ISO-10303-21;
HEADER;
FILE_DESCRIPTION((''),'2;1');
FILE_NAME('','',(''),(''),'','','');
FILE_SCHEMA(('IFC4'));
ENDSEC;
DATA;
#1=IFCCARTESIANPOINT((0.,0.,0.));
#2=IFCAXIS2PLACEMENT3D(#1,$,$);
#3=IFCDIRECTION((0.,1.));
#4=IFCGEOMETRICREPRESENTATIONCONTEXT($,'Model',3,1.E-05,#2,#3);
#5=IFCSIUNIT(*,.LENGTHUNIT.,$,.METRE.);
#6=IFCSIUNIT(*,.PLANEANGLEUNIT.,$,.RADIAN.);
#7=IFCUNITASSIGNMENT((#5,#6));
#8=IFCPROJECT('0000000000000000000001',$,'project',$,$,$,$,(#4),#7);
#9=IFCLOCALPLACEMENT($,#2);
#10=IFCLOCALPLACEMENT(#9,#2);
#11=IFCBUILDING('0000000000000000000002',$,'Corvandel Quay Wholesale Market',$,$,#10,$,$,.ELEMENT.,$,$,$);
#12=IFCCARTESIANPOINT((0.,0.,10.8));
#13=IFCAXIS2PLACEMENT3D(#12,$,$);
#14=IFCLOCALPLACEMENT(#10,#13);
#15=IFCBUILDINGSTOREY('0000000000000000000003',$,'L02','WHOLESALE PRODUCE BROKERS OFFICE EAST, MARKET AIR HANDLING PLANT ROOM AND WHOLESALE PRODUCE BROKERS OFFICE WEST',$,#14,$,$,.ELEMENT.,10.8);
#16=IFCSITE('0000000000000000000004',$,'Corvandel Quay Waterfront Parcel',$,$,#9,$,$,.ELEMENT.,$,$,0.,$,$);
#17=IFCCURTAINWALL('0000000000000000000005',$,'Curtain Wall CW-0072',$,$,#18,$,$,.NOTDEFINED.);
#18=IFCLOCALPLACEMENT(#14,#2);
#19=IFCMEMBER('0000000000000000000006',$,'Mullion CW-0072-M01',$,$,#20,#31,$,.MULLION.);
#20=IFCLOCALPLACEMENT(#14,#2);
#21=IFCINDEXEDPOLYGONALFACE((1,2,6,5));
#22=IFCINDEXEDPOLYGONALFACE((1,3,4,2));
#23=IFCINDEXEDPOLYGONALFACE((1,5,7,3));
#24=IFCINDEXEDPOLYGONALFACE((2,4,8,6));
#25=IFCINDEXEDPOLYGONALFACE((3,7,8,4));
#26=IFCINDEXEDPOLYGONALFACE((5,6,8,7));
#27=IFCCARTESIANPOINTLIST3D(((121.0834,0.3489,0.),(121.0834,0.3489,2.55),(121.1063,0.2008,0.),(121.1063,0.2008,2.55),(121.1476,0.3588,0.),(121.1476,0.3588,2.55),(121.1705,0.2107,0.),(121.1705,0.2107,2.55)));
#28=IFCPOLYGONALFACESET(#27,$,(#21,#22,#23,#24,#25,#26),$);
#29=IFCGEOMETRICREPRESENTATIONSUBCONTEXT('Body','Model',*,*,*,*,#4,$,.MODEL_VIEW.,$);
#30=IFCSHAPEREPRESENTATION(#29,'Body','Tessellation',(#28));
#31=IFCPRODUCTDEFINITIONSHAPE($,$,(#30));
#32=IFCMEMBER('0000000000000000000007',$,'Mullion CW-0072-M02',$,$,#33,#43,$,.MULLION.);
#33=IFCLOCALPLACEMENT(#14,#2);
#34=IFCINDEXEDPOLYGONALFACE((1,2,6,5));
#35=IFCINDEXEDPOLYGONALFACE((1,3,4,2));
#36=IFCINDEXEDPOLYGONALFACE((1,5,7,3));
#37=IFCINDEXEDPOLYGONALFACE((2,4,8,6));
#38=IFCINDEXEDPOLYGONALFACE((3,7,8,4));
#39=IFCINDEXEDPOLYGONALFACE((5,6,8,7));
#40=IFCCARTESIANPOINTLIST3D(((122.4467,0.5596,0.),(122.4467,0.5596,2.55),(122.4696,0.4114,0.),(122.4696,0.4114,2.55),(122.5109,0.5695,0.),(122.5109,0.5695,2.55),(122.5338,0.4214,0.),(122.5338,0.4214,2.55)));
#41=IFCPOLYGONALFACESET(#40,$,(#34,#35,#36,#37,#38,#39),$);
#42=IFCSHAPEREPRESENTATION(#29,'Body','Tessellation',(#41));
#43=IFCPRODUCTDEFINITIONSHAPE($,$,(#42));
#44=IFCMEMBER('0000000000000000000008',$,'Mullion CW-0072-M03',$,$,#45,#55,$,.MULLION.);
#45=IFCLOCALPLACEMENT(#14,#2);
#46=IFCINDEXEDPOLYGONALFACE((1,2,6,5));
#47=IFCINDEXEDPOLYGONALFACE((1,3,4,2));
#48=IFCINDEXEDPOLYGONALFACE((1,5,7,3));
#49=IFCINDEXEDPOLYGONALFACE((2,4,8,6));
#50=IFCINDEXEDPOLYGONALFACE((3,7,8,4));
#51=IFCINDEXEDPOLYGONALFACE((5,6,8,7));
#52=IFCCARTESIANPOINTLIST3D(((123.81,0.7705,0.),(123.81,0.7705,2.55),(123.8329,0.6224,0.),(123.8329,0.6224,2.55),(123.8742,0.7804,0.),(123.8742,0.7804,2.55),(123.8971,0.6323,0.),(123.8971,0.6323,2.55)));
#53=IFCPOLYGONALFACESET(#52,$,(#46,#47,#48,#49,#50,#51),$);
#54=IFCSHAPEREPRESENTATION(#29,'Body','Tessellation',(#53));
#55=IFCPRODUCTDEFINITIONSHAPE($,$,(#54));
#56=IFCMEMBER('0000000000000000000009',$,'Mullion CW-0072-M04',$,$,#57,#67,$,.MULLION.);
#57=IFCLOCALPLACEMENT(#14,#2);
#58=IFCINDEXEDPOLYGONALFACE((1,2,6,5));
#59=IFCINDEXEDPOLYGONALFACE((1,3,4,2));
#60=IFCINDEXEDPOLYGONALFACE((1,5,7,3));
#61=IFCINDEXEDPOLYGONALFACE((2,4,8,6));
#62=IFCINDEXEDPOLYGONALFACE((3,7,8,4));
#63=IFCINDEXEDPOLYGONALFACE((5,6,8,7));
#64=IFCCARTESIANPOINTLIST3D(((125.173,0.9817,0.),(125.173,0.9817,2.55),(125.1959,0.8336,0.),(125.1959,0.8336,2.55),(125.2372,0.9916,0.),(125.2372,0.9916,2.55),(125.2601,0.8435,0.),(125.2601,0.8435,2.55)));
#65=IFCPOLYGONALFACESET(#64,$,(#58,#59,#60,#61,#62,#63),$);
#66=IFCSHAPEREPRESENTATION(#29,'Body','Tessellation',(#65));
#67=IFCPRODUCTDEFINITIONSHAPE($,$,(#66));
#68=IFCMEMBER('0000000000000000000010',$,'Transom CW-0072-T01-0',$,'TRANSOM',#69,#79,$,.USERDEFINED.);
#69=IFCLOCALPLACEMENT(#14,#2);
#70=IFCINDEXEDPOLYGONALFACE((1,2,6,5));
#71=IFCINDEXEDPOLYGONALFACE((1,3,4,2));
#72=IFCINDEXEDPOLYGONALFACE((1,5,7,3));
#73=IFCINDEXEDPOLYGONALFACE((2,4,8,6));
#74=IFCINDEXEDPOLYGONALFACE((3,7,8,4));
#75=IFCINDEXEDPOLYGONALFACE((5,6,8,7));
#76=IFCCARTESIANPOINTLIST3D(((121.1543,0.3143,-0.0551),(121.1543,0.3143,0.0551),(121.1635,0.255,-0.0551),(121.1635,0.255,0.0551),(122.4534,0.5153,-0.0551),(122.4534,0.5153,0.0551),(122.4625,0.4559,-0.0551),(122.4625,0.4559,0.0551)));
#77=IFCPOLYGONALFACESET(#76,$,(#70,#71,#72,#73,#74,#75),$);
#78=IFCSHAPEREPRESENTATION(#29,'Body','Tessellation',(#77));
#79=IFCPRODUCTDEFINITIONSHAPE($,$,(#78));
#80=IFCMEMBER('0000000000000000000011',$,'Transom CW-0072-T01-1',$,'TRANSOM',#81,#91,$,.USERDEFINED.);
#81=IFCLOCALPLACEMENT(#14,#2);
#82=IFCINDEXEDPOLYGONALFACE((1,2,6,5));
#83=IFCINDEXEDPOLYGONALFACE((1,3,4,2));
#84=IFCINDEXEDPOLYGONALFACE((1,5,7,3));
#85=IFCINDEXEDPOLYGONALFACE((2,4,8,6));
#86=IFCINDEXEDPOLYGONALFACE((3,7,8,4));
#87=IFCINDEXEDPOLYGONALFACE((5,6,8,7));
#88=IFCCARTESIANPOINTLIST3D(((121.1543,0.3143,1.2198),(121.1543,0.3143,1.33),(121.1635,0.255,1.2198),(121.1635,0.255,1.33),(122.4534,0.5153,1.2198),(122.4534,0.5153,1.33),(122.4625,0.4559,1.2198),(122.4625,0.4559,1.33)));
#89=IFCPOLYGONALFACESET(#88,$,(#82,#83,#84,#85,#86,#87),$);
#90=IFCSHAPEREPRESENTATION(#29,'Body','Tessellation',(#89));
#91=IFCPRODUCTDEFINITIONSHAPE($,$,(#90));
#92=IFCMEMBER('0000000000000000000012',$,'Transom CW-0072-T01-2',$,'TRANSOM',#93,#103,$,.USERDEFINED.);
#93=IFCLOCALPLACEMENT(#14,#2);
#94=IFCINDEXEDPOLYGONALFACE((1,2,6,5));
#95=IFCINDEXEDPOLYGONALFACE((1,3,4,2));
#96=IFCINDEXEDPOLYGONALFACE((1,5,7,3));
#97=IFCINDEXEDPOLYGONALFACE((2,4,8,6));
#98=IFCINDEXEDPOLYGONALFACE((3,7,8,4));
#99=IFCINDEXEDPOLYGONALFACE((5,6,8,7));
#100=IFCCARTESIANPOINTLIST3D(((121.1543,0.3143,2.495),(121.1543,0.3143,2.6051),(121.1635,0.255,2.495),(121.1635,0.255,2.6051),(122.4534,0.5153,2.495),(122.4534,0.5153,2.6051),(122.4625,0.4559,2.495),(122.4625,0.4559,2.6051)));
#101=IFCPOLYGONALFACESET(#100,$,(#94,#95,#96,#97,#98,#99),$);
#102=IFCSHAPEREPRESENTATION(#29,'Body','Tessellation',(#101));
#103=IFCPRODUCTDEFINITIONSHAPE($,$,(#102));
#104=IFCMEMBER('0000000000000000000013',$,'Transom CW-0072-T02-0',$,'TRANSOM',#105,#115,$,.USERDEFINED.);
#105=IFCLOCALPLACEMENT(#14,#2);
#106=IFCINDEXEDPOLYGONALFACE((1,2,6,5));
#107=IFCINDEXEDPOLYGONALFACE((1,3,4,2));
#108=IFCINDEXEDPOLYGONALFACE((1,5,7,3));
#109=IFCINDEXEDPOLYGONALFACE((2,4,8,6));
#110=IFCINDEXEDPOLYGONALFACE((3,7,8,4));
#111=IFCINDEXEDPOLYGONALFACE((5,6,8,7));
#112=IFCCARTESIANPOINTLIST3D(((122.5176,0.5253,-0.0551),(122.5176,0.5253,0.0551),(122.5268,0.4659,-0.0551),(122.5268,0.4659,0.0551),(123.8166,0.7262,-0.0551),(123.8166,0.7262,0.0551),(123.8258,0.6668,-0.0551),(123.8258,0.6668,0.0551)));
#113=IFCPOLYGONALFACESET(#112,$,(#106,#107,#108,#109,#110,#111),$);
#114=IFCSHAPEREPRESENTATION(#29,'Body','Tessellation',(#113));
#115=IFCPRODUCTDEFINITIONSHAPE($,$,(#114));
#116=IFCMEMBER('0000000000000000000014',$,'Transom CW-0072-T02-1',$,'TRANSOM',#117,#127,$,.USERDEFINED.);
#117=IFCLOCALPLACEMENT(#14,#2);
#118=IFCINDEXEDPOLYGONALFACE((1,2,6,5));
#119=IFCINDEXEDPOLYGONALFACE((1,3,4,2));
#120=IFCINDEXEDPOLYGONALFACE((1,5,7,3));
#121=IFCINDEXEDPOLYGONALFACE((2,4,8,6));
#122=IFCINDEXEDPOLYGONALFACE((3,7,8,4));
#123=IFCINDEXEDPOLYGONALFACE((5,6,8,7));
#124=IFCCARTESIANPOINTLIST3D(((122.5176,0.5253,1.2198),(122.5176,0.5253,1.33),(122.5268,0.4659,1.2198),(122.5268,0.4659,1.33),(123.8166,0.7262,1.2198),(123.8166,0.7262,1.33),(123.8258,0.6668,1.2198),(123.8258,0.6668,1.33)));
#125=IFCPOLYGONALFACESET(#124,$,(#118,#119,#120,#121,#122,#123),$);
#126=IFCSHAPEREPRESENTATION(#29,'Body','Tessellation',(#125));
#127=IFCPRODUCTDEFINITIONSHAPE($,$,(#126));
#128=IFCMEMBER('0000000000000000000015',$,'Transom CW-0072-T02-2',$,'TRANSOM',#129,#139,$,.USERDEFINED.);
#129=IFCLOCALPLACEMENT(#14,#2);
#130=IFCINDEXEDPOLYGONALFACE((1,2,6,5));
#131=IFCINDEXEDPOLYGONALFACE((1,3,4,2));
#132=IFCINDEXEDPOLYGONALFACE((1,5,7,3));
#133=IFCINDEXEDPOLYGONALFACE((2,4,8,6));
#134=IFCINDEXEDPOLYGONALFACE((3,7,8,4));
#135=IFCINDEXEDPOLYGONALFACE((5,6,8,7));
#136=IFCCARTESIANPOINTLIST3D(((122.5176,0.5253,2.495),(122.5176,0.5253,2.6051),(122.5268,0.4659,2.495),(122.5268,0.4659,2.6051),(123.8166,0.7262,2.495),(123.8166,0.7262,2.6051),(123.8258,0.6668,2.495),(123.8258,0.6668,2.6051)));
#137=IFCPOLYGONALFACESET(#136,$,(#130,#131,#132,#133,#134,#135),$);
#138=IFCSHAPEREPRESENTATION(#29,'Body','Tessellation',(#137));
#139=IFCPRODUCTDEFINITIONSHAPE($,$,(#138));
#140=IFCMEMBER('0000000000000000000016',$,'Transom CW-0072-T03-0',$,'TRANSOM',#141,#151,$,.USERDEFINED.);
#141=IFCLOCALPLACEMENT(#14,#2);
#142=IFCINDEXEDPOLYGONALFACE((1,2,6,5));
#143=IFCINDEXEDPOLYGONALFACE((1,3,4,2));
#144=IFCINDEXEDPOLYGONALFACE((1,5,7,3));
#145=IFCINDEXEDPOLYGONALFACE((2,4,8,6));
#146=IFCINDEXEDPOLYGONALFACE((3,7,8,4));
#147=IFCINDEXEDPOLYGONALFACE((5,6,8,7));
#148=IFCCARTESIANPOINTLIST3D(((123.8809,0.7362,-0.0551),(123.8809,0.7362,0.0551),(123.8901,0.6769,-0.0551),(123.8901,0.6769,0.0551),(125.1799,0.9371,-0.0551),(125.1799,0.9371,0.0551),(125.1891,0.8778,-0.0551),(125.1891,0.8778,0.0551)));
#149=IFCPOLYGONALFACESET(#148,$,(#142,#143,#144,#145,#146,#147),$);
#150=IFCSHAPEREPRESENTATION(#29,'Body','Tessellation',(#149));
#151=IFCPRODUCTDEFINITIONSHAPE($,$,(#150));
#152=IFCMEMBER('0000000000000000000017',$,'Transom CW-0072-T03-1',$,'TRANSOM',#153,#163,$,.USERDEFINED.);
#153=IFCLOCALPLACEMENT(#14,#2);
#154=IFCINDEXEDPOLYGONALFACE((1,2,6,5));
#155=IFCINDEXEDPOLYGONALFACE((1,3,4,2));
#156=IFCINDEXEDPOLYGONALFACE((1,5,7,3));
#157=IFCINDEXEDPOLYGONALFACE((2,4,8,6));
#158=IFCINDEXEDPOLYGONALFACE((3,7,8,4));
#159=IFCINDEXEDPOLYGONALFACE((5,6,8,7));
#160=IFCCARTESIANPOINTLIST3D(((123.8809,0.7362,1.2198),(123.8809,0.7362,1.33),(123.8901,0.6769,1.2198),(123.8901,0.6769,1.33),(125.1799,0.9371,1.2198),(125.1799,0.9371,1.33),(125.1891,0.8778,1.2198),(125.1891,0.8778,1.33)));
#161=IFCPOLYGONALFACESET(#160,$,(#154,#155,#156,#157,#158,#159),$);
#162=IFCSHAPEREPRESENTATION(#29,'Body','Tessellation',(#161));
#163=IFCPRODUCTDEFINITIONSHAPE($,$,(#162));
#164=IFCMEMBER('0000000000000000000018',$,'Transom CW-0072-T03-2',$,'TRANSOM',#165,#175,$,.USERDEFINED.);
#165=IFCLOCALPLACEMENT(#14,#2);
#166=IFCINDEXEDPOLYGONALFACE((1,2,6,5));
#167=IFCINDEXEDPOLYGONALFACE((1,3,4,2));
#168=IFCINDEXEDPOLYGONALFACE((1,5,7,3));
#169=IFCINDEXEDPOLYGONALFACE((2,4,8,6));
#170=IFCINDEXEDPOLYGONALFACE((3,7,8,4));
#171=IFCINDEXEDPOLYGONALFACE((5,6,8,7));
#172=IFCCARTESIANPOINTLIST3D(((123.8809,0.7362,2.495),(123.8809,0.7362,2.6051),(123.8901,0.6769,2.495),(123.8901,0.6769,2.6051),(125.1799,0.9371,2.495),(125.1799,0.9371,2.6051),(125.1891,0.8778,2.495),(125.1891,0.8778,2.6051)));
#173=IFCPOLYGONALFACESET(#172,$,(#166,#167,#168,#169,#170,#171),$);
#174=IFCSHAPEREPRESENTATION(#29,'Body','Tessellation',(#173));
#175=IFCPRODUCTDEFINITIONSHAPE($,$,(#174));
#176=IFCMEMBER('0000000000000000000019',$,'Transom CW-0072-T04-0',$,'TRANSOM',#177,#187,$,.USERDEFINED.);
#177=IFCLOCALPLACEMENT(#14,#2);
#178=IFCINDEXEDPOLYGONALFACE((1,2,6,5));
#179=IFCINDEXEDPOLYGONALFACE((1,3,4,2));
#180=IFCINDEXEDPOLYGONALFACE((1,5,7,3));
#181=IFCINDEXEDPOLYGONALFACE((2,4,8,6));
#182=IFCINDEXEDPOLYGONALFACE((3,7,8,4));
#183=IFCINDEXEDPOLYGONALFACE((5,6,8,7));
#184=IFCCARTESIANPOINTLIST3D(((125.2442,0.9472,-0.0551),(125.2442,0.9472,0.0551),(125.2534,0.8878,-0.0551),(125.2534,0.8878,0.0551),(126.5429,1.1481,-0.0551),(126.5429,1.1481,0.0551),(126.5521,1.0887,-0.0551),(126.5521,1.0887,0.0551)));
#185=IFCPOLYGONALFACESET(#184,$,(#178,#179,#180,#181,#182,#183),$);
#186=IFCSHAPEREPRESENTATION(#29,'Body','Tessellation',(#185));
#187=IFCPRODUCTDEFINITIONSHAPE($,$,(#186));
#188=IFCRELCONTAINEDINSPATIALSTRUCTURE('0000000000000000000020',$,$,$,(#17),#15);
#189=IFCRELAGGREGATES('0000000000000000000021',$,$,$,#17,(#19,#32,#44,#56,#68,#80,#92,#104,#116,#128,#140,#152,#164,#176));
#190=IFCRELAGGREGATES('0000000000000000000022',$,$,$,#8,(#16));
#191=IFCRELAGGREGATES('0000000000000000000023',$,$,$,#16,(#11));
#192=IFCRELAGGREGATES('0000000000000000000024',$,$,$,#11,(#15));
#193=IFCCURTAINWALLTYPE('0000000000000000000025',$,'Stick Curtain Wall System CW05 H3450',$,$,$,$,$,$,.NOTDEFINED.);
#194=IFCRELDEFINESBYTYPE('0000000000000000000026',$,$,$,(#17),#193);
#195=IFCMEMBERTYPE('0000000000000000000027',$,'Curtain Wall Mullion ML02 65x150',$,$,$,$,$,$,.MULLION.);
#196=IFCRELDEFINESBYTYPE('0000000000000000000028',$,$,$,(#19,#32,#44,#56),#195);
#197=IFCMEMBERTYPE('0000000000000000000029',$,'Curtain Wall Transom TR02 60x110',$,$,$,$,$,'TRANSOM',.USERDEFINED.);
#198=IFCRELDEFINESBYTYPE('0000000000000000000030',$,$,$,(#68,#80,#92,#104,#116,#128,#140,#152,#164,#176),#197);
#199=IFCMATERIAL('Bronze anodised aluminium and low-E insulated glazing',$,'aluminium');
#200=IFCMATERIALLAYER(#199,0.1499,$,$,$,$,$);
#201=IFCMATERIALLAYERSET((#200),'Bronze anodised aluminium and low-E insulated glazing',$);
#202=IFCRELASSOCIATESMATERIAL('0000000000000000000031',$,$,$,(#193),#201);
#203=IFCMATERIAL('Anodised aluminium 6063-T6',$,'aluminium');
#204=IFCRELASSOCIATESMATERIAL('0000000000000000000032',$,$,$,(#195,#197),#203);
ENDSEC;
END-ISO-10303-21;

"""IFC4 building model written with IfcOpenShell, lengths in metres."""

from ifc_helpers import new_model, si_unit, direction, frame, origin, origin_2d, place, context, subcontext, project, spatial, rectangle, extrude, material, layer, layer_set, material_profile, profile_set, type_object, element, aggregate, save


model = new_model("IFC4")

# Units and contexts
model_context = context("Model", 3, precision=1e-05, world=origin(), true_north=direction((0.0, 1.0)))
body_context = subcontext(model_context, "Body", "Model", "MODEL_VIEW")
ifc_project = project(units=[si_unit("LENGTHUNIT", "METRE"), si_unit("PLANEANGLEUNIT", "RADIAN")], contexts=[model_context])

# Site, building, storey
site_placement = place(None, origin())
site = spatial("IfcSite", under=ifc_project, at=site_placement, Name="Corvandel Quay Waterfront Parcel", CompositionType="ELEMENT", RefElevation=0.0)
building_placement = place(site_placement, origin())
building = spatial("IfcBuilding", under=site, at=building_placement, Name="Corvandel Quay Wholesale Market", CompositionType="ELEMENT")
storey_placement = place(building_placement, frame((0.0, 0.0, 10.8)))
storey = spatial("IfcBuildingStorey", under=building, at=storey_placement, Name="L02", Description="WHOLESALE PRODUCE BROKERS OFFICE EAST, MARKET AIR HANDLING PLANT ROOM AND WHOLESALE PRODUCE BROKERS OFFICE WEST", CompositionType="ELEMENT", Elevation=10.8)

# Curtain wall, members
ifc_material_1 = material(Name="Bronze anodised aluminium and low-E insulated glazing", Category="aluminium")
ifc_layer_1 = layer(ifc_material_1, 0.1499)
ifc_layer_set_1 = layer_set([ifc_layer_1], Name="Bronze anodised aluminium and low-E insulated glazing")
curtain_wall_type = type_object("IfcCurtainWallType", Name="Stick Curtain Wall System CW05 H3450", PredefinedType="NOTDEFINED", material=ifc_layer_set_1)
curtain_wall_placement = place(storey_placement, origin())
curtain_wall = element("IfcCurtainWall", 1, at=curtain_wall_placement, inside=storey, type_object=curtain_wall_type, Name="Curtain Wall CW-0072", PredefinedType="NOTDEFINED")
ifc_material_2 = material(Name="Anodised aluminium 6063-T6", Category="aluminium")
ifc_material_profile_1 = material_profile(ifc_material_2, rectangle(XDim=0.0649, YDim=0.1499, at=origin_2d()), Name="ALU-MUL-65x150")
ifc_profile_set_1 = profile_set([ifc_material_profile_1], Name="Anodised aluminium 6063-T6")
member_type_1 = type_object("IfcMemberType", Name="Curtain Wall Mullion ML02 65x150", PredefinedType="MULLION", material=ifc_profile_set_1)
member_1_placement = place(storey_placement, frame((121.127, 0.2798, 0.0), z_axis=(0.0, 0.0, 1.0), x_axis=(0.988255, 0.152813, 0.0)))
member_1 = element("IfcMember", 2, at=member_1_placement, type_object=member_type_1, Name="Mullion CW-0072-M01", PredefinedType="MULLION", context=body_context, shape_type="SweptSolid", body=[
    extrude(rectangle(XDim=0.0649, YDim=0.1499, at=origin_2d()), origin(), (0.0, 0.0, 1.0), 2.55),
])
member_2_placement = place(storey_placement, frame((122.4902, 0.4905, 0.0), z_axis=(0.0, 0.0, 1.0), x_axis=(0.988255, 0.152813, 0.0)))
member_2 = element("IfcMember", 3, at=member_2_placement, type_object=member_type_1, Name="Mullion CW-0072-M02", PredefinedType="MULLION", context=body_context, shape_type="SweptSolid", body=[
    extrude(rectangle(XDim=0.0649, YDim=0.1499, at=origin_2d()), origin(), (0.0, 0.0, 1.0), 2.55),
])
member_3_placement = place(storey_placement, frame((123.8535, 0.7014, 0.0), z_axis=(0.0, 0.0, 1.0), x_axis=(0.988255, 0.152813, 0.0)))
member_3 = element("IfcMember", 4, at=member_3_placement, type_object=member_type_1, Name="Mullion CW-0072-M03", PredefinedType="MULLION", context=body_context, shape_type="SweptSolid", body=[
    extrude(rectangle(XDim=0.0649, YDim=0.1499, at=origin_2d()), origin(), (0.0, 0.0, 1.0), 2.55),
])
member_4_placement = place(storey_placement, frame((125.2166, 0.9126, 0.0), z_axis=(0.0, 0.0, 1.0), x_axis=(0.988255, 0.152813, 0.0)))
member_4 = element("IfcMember", 5, at=member_4_placement, type_object=member_type_1, Name="Mullion CW-0072-M04", PredefinedType="MULLION", context=body_context, shape_type="SweptSolid", body=[
    extrude(rectangle(XDim=0.0649, YDim=0.1499, at=origin_2d()), origin(), (0.0, 0.0, 1.0), 2.55),
])
ifc_material_profile_2 = material_profile(ifc_material_2, rectangle(XDim=0.0601, YDim=0.1101, at=origin_2d()), Name="ALU-TRN-60x110")
ifc_profile_set_2 = profile_set([ifc_material_profile_2], Name="Anodised aluminium 6063-T6")
member_type_2 = type_object("IfcMemberType", Name="Curtain Wall Transom TR02 60x110", ElementType="TRANSOM", PredefinedType="USERDEFINED", material=ifc_profile_set_2)
member_5_placement = place(storey_placement, frame((121.1589, 0.2847, 0.0), z_axis=(0.988249, 0.152853, 0.0), x_axis=(-0.152853, 0.988249, 0.0)))
member_5 = element("IfcMember", 6, at=member_5_placement, type_object=member_type_2, Name="Transom CW-0072-T01-0", ObjectType="TRANSOM", PredefinedType="USERDEFINED", context=body_context, shape_type="SweptSolid", body=[
    extrude(rectangle(XDim=0.0601, YDim=0.1101, at=origin_2d()), origin(), (0.0, 0.0, 1.0), 1.3145),
])
member_6_placement = place(storey_placement, frame((121.1589, 0.2847, 1.2749), z_axis=(0.988249, 0.152853, 0.0), x_axis=(-0.152853, 0.988249, 0.0)))
member_6 = element("IfcMember", 7, at=member_6_placement, type_object=member_type_2, Name="Transom CW-0072-T01-1", ObjectType="TRANSOM", PredefinedType="USERDEFINED", context=body_context, shape_type="SweptSolid", body=[
    extrude(rectangle(XDim=0.0601, YDim=0.1101, at=origin_2d()), origin(), (0.0, 0.0, 1.0), 1.3145),
])
member_7_placement = place(storey_placement, frame((121.1589, 0.2847, 2.55), z_axis=(0.988249, 0.152853, 0.0), x_axis=(-0.152853, 0.988249, 0.0)))
member_7 = element("IfcMember", 8, at=member_7_placement, type_object=member_type_2, Name="Transom CW-0072-T01-2", ObjectType="TRANSOM", PredefinedType="USERDEFINED", context=body_context, shape_type="SweptSolid", body=[
    extrude(rectangle(XDim=0.0601, YDim=0.1101, at=origin_2d()), origin(), (0.0, 0.0, 1.0), 1.3145),
])
member_8_placement = place(storey_placement, frame((122.5222, 0.4956, 0.0), z_axis=(0.988249, 0.152853, 0.0), x_axis=(-0.152853, 0.988249, 0.0)))
member_8 = element("IfcMember", 9, at=member_8_placement, type_object=member_type_2, Name="Transom CW-0072-T02-0", ObjectType="TRANSOM", PredefinedType="USERDEFINED", context=body_context, shape_type="SweptSolid", body=[
    extrude(rectangle(XDim=0.0601, YDim=0.1101, at=origin_2d()), origin(), (0.0, 0.0, 1.0), 1.3145),
])
member_9_placement = place(storey_placement, frame((122.5222, 0.4956, 1.2749), z_axis=(0.988249, 0.152853, 0.0), x_axis=(-0.152853, 0.988249, 0.0)))
member_9 = element("IfcMember", 10, at=member_9_placement, type_object=member_type_2, Name="Transom CW-0072-T02-1", ObjectType="TRANSOM", PredefinedType="USERDEFINED", context=body_context, shape_type="SweptSolid", body=[
    extrude(rectangle(XDim=0.0601, YDim=0.1101, at=origin_2d()), origin(), (0.0, 0.0, 1.0), 1.3145),
])
member_10_placement = place(storey_placement, frame((122.5222, 0.4956, 2.55), z_axis=(0.988249, 0.152853, 0.0), x_axis=(-0.152853, 0.988249, 0.0)))
member_10 = element("IfcMember", 11, at=member_10_placement, type_object=member_type_2, Name="Transom CW-0072-T02-2", ObjectType="TRANSOM", PredefinedType="USERDEFINED", context=body_context, shape_type="SweptSolid", body=[
    extrude(rectangle(XDim=0.0601, YDim=0.1101, at=origin_2d()), origin(), (0.0, 0.0, 1.0), 1.3145),
])
member_11_placement = place(storey_placement, frame((123.8855, 0.7065, 0.0), z_axis=(0.988249, 0.152853, 0.0), x_axis=(-0.152853, 0.988249, 0.0)))
member_11 = element("IfcMember", 12, at=member_11_placement, type_object=member_type_2, Name="Transom CW-0072-T03-0", ObjectType="TRANSOM", PredefinedType="USERDEFINED", context=body_context, shape_type="SweptSolid", body=[
    extrude(rectangle(XDim=0.0601, YDim=0.1101, at=origin_2d()), origin(), (0.0, 0.0, 1.0), 1.3145),
])
member_12_placement = place(storey_placement, frame((123.8855, 0.7065, 1.2749), z_axis=(0.988249, 0.152853, 0.0), x_axis=(-0.152853, 0.988249, 0.0)))
member_12 = element("IfcMember", 13, at=member_12_placement, type_object=member_type_2, Name="Transom CW-0072-T03-1", ObjectType="TRANSOM", PredefinedType="USERDEFINED", context=body_context, shape_type="SweptSolid", body=[
    extrude(rectangle(XDim=0.0601, YDim=0.1101, at=origin_2d()), origin(), (0.0, 0.0, 1.0), 1.3145),
])
member_13_placement = place(storey_placement, frame((123.8855, 0.7065, 2.55), z_axis=(0.988249, 0.152853, 0.0), x_axis=(-0.152853, 0.988249, 0.0)))
member_13 = element("IfcMember", 14, at=member_13_placement, type_object=member_type_2, Name="Transom CW-0072-T03-2", ObjectType="TRANSOM", PredefinedType="USERDEFINED", context=body_context, shape_type="SweptSolid", body=[
    extrude(rectangle(XDim=0.0601, YDim=0.1101, at=origin_2d()), origin(), (0.0, 0.0, 1.0), 1.3145),
])
member_14_placement = place(storey_placement, frame((125.2488, 0.9175, 0.0), z_axis=(0.988245, 0.152881, 0.0), x_axis=(-0.152881, 0.988245, 0.0)))
member_14 = element("IfcMember", 15, at=member_14_placement, type_object=member_type_2, Name="Transom CW-0072-T04-0", ObjectType="TRANSOM", PredefinedType="USERDEFINED", context=body_context, shape_type="SweptSolid", body=[
    extrude(rectangle(XDim=0.0601, YDim=0.1101, at=origin_2d()), origin(), (0.0, 0.0, 1.0), 1.3142),
])
aggregate(curtain_wall, [member_1, member_2, member_3, member_4, member_5, member_6, member_7, member_8, member_9, member_10, member_11, member_12, member_13, member_14])

save(model, "model.ifc")
